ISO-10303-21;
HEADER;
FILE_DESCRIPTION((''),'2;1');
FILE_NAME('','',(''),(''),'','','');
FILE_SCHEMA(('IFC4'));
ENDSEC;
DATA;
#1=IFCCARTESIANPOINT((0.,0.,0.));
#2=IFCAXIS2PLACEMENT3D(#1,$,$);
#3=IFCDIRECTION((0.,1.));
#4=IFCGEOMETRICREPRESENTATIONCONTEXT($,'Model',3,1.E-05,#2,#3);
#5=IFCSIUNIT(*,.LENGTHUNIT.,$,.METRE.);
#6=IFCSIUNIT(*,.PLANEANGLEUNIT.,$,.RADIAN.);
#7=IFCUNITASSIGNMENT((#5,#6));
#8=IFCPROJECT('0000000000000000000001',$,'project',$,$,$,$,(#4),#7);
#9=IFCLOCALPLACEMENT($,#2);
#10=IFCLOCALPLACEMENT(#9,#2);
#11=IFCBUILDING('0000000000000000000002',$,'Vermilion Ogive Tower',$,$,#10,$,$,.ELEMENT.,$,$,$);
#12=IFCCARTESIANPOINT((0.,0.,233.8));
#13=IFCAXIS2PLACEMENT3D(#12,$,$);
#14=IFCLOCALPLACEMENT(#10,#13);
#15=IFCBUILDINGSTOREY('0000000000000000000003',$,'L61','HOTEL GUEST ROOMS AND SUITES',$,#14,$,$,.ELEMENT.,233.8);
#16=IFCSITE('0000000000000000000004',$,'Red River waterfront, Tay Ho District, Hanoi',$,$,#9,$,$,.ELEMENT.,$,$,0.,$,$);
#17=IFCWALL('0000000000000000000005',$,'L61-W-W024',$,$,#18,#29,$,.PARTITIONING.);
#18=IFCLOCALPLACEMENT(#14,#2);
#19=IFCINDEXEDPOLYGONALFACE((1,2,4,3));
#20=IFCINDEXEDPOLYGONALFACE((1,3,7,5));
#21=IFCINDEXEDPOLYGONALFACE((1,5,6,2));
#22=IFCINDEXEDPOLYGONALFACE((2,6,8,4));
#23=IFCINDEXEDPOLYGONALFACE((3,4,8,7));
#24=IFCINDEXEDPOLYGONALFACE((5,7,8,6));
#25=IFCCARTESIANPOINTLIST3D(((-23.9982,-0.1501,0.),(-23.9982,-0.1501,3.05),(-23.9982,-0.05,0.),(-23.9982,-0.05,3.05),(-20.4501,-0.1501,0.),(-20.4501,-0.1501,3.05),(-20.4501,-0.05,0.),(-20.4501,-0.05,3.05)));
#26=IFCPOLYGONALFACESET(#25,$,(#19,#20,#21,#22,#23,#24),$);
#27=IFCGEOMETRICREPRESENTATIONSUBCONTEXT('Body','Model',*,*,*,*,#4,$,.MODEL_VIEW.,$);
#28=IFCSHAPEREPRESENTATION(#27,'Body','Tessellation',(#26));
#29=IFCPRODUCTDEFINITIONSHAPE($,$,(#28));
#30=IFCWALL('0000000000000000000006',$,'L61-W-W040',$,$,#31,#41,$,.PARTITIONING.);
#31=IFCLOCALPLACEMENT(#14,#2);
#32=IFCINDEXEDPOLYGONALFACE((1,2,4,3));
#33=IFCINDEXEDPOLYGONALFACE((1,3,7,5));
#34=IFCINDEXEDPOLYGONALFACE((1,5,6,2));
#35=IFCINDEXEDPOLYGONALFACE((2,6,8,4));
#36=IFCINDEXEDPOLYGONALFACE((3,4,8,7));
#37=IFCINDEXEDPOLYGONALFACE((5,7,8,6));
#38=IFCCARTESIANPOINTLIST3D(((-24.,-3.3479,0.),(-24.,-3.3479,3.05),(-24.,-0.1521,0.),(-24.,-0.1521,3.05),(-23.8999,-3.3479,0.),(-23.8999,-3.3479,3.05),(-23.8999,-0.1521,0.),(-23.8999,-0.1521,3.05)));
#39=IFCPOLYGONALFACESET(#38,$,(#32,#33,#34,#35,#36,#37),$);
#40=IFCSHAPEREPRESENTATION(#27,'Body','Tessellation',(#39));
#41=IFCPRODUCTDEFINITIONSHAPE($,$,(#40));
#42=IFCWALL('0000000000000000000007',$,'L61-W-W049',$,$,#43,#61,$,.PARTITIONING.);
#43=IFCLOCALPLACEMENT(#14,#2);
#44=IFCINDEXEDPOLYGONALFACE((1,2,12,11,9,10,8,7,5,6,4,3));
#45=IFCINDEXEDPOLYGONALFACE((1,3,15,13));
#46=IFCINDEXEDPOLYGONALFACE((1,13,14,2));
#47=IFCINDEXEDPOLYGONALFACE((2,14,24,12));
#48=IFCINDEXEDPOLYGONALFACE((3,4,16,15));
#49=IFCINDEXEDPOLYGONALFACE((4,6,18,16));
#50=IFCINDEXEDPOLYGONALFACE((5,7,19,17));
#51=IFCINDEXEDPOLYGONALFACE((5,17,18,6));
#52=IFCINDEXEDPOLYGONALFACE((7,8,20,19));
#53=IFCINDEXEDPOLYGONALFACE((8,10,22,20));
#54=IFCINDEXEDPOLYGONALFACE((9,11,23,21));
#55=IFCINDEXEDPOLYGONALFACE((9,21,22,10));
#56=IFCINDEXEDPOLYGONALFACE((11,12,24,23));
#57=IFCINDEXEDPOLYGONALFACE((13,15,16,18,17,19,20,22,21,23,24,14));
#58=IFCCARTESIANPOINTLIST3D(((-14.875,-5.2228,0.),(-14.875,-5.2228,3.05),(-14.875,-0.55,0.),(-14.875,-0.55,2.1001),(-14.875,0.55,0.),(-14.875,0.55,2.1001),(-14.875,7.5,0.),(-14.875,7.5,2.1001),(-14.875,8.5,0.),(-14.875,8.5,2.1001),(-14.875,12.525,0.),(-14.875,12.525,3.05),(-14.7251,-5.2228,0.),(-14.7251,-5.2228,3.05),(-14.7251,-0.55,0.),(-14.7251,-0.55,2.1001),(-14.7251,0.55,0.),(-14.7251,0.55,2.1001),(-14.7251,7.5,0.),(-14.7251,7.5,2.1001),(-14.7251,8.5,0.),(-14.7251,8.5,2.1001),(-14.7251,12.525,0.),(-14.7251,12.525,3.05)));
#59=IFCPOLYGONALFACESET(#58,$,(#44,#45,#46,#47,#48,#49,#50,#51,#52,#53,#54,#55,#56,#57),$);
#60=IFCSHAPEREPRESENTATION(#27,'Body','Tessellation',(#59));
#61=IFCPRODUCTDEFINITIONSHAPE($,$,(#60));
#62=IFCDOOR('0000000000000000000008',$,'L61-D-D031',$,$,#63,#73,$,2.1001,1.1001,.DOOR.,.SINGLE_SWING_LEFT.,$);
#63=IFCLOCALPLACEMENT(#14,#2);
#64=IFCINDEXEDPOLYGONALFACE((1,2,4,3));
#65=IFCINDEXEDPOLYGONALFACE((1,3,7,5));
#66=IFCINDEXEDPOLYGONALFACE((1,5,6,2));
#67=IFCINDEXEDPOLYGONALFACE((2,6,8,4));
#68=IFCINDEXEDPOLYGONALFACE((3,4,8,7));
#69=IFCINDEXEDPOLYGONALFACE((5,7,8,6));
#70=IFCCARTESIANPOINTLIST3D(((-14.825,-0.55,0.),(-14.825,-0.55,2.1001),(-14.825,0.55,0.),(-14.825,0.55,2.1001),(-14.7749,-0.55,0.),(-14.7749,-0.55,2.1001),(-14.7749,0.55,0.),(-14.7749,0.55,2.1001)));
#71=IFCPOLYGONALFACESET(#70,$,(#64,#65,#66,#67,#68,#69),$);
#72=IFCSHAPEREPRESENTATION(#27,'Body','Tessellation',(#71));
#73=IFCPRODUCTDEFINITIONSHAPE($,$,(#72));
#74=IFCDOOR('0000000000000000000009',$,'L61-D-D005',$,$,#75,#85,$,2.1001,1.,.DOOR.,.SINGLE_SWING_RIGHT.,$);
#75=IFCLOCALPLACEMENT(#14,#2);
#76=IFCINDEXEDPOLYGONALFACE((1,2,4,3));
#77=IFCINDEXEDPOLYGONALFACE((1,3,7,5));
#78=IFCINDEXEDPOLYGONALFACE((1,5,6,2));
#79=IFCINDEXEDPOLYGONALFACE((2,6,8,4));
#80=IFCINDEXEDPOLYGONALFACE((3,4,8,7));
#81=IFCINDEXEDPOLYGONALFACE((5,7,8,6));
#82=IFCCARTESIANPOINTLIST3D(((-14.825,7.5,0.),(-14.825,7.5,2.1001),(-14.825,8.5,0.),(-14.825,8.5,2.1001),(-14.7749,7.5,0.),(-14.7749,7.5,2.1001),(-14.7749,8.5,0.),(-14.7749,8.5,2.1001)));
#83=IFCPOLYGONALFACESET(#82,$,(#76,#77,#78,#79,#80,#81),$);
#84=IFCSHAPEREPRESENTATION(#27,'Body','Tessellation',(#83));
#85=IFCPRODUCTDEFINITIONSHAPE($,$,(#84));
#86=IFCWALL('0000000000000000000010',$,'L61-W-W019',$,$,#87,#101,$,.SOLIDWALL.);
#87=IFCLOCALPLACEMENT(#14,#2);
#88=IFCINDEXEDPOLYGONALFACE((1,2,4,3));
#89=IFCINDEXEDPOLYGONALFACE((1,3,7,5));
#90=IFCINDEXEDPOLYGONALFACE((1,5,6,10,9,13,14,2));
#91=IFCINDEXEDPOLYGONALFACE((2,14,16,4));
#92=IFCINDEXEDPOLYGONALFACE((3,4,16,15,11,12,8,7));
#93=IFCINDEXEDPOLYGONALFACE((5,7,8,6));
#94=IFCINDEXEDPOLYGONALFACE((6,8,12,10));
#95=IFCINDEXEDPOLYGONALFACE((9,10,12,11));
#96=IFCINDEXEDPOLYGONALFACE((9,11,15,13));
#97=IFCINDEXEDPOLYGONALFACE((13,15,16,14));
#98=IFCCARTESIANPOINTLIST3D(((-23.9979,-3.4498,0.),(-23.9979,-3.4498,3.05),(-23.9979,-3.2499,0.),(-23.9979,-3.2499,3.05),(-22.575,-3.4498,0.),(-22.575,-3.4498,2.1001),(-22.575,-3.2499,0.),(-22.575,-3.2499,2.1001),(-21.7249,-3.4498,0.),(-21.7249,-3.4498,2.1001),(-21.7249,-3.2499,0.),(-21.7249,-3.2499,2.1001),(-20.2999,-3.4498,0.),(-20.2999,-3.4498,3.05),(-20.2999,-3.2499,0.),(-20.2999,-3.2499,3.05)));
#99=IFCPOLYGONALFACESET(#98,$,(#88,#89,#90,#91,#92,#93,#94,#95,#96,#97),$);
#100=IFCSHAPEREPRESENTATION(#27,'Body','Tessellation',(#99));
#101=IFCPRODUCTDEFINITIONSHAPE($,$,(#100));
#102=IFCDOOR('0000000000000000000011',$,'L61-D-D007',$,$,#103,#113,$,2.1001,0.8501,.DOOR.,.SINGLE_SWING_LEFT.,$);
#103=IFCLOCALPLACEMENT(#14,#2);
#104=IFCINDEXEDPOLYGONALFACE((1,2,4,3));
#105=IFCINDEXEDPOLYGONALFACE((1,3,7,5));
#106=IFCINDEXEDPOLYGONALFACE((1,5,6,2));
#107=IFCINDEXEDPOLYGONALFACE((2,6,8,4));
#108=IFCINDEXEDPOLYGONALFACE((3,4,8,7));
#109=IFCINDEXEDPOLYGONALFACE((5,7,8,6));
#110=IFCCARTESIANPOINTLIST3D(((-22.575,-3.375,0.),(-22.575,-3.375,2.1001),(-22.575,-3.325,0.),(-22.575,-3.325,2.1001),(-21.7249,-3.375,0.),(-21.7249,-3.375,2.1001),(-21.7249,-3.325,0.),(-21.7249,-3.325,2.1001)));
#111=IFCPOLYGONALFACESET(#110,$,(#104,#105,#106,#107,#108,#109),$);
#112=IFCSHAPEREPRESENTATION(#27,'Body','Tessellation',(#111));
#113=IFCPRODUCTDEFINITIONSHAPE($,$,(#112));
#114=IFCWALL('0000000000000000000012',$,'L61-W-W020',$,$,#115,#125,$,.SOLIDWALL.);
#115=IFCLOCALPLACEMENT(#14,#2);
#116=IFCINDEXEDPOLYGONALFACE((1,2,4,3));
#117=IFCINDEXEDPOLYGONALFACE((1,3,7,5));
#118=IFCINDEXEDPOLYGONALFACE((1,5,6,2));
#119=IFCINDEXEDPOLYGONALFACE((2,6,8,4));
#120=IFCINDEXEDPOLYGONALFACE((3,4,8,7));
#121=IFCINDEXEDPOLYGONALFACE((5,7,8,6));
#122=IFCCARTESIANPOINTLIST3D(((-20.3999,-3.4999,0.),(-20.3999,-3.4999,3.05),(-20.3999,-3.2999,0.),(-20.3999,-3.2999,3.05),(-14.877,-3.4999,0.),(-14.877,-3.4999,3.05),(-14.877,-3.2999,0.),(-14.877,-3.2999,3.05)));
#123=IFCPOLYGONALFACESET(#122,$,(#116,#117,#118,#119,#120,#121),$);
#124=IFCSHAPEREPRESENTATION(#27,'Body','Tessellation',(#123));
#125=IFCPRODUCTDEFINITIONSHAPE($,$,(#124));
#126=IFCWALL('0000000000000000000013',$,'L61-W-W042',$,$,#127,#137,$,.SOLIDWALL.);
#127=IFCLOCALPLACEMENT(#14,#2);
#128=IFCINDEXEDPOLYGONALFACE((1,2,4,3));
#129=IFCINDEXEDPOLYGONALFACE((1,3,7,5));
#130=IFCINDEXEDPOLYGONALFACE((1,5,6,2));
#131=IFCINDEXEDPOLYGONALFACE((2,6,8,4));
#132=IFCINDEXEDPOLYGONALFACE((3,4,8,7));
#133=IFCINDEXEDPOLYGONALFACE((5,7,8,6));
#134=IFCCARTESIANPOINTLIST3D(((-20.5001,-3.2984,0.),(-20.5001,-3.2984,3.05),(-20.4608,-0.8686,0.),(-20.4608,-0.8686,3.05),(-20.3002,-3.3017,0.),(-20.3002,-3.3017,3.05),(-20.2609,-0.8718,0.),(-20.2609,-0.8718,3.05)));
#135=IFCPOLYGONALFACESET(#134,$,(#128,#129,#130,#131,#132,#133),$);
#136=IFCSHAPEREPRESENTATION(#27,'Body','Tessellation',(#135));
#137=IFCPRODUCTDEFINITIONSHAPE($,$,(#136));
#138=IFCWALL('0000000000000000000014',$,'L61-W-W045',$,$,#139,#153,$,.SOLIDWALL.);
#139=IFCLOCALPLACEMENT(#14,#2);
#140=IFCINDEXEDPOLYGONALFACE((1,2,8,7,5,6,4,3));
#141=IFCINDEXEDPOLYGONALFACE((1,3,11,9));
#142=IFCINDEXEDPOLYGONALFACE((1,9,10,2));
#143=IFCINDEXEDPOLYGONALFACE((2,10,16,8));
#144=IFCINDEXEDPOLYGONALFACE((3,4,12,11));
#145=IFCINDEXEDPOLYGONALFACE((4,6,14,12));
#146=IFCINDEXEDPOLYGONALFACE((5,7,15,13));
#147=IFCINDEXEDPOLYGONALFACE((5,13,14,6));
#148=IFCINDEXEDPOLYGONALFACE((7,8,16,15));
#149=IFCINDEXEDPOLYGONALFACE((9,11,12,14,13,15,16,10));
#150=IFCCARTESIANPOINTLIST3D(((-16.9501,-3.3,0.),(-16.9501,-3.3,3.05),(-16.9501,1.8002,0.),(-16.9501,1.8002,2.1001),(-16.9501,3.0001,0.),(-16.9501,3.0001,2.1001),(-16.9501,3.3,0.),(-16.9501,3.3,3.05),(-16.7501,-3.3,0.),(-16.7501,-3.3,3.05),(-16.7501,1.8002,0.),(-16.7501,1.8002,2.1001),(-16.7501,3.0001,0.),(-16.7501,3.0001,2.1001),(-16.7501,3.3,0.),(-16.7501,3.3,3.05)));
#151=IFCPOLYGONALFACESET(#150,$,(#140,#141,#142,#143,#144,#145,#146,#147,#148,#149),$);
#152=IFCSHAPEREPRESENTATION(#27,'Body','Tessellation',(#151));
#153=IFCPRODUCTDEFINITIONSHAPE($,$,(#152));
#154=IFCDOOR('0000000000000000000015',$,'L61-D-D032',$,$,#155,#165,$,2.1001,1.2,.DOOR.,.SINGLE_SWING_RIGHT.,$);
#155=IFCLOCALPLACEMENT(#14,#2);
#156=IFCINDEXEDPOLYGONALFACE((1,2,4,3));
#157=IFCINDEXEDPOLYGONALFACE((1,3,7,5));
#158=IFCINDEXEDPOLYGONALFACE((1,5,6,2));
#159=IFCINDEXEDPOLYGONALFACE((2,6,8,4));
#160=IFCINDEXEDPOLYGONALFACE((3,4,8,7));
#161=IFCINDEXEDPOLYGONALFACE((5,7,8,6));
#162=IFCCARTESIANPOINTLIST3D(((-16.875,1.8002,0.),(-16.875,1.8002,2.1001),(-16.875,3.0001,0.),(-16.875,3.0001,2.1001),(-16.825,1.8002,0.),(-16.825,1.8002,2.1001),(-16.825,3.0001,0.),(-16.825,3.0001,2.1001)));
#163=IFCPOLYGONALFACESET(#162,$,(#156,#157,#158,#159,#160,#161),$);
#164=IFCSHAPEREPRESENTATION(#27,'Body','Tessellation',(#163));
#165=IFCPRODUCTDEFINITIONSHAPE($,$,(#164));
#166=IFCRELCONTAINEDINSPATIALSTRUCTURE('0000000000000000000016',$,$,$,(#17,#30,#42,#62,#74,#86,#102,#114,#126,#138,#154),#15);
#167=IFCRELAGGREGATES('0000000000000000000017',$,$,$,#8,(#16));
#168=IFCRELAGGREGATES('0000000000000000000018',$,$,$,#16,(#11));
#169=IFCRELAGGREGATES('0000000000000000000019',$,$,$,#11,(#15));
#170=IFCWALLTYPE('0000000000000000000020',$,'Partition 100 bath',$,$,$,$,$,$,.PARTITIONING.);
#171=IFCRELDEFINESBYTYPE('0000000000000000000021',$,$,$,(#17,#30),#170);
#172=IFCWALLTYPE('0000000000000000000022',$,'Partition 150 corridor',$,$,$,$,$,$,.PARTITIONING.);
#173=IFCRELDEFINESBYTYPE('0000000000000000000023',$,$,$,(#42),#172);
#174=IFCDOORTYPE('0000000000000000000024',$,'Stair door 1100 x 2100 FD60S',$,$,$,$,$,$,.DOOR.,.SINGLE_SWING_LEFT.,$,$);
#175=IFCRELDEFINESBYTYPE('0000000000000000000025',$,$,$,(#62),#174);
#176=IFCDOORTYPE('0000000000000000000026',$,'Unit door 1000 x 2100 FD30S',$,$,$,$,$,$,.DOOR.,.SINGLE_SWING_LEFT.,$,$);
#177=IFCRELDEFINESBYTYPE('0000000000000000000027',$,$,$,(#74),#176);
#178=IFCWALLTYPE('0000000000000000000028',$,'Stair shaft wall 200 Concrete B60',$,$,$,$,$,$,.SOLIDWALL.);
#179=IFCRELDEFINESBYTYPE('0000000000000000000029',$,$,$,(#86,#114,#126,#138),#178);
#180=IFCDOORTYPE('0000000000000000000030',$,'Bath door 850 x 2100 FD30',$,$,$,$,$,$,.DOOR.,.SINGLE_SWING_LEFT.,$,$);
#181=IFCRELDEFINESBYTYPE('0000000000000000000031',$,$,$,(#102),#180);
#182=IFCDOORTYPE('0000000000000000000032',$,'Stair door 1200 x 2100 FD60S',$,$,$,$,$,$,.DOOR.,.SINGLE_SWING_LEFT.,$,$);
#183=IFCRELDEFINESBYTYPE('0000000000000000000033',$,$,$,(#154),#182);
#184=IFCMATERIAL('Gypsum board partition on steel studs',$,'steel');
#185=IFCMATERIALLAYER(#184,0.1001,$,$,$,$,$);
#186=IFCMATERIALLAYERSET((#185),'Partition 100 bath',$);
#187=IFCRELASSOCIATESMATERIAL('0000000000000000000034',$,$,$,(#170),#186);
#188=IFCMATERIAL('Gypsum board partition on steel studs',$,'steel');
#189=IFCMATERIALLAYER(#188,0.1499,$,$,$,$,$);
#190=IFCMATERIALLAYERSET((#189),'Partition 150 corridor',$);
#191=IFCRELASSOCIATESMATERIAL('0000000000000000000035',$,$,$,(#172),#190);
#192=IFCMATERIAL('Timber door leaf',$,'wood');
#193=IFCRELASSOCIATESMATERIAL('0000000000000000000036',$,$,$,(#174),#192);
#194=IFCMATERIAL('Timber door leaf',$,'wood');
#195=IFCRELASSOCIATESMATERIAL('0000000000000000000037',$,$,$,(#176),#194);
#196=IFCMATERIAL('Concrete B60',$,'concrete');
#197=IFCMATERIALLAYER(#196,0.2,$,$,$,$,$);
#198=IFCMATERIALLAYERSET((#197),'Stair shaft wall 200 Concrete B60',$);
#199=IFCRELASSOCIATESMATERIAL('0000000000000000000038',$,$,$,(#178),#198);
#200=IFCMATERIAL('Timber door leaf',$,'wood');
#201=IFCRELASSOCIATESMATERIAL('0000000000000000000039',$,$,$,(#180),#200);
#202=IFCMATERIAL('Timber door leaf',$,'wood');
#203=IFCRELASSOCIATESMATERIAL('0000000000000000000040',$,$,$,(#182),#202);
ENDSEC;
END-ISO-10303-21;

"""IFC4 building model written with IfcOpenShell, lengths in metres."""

from ifc_helpers import new_model, si_unit, direction, frame, frame_2d, origin, place, context, subcontext, project, spatial, rectangle, extrude, material, layer, layer_set, type_object, element, fill, save


model = new_model("IFC4")

# Units and contexts
model_context = context("Model", 3, precision=1e-05, world=origin(), true_north=direction((0.0, 1.0)))
body_context = subcontext(model_context, "Body", "Model", "MODEL_VIEW")
ifc_project = project(units=[si_unit("LENGTHUNIT", "METRE"), si_unit("PLANEANGLEUNIT", "RADIAN")], contexts=[model_context])

# Site, building, storey
site_placement = place(None, origin())
site = spatial("IfcSite", under=ifc_project, at=site_placement, Name="Red River waterfront, Tay Ho District, Hanoi", CompositionType="ELEMENT", RefElevation=0.0)
building_placement = place(site_placement, origin())
building = spatial("IfcBuilding", under=site, at=building_placement, Name="Vermilion Ogive Tower", CompositionType="ELEMENT")
storey_placement = place(building_placement, frame((0.0, 0.0, 233.8)))
storey = spatial("IfcBuildingStorey", under=building, at=storey_placement, Name="L61", Description="HOTEL GUEST ROOMS AND SUITES", CompositionType="ELEMENT", Elevation=233.8)

# Walls
ifc_material_1 = material(Name="Gypsum board partition on steel studs", Category="steel")
ifc_layer_1 = layer(ifc_material_1, 0.1001)
ifc_layer_set_1 = layer_set([ifc_layer_1], Name="Partition 100 bath")
wall_type_1 = type_object("IfcWallType", Name="Partition 100 bath", PredefinedType="PARTITIONING", material=ifc_layer_set_1)
wall_1_placement = place(storey_placement, frame((-23.998, -0.1001, 0.0), z_axis=(0.0, 0.0, 1.0), x_axis=(1.0, 0.0, 0.0)))
element("IfcWall", 1, at=wall_1_placement, inside=storey, type_object=wall_type_1, Name="L61-W-W024", PredefinedType="PARTITIONING", context=body_context, shape_type="SweptSolid", body=[
    extrude(rectangle(XDim=3.5481, YDim=0.1001, at=frame_2d((1.7739, 0.0))), origin(), (0.0, 0.0, 1.0), 3.05),
])
wall_2_placement = place(storey_placement, frame((-23.95, -3.3479, 0.0), z_axis=(0.0, 0.0, 1.0), x_axis=(0.0, 1.0, 0.0)))
element("IfcWall", 2, at=wall_2_placement, inside=storey, type_object=wall_type_1, Name="L61-W-W040", PredefinedType="PARTITIONING", context=body_context, shape_type="SweptSolid", body=[
    extrude(rectangle(XDim=3.1958, YDim=0.1001, at=frame_2d((1.5979, 0.0))), origin(), (0.0, 0.0, 1.0), 3.05),
])

# Wall, openings, doors
ifc_material_2 = material(Name="Gypsum board partition on steel studs", Category="steel")
ifc_layer_2 = layer(ifc_material_2, 0.1499)
ifc_layer_set_2 = layer_set([ifc_layer_2], Name="Partition 150 corridor")
wall_type_2 = type_object("IfcWallType", Name="Partition 150 corridor", PredefinedType="PARTITIONING", material=ifc_layer_set_2)
wall_3_placement = place(storey_placement, frame((-14.8, -5.2229, 0.0), z_axis=(0.0, 0.0, 1.0), x_axis=(0.0, 1.0, 0.0)))
wall_3 = element("IfcWall", 3, at=wall_3_placement, inside=storey, type_object=wall_type_2, Name="L61-W-W049", PredefinedType="PARTITIONING", context=body_context, shape_type="SweptSolid", body=[
    extrude(rectangle(XDim=17.7478, YDim=0.1499, at=frame_2d((8.874, 0.0))), origin(), (0.0, 0.0, 1.0), 3.05),
])
opening_1_placement = place(wall_3_placement, frame((12.7229, 0.0, 0.0)))
opening_1 = element("IfcOpeningElement", 4, at=opening_1_placement, cuts=wall_3, PredefinedType="OPENING", context=body_context, shape_type="SweptSolid", body=[
    extrude(rectangle(XDim=1.0, YDim=2.1001, at=frame_2d((0.5, 1.05))), frame((0.0, 0.085, 0.0), z_axis=(0.0, -1.0, 0.0), x_axis=(1.0, 0.0, 0.0)), (0.0, 0.0, 1.0), 0.1699),
])
opening_2_placement = place(wall_3_placement, frame((4.6729, 0.0, 0.0)))
opening_2 = element("IfcOpeningElement", 5, at=opening_2_placement, cuts=wall_3, PredefinedType="OPENING", context=body_context, shape_type="SweptSolid", body=[
    extrude(rectangle(XDim=1.1001, YDim=2.1001, at=frame_2d((0.55, 1.05))), frame((0.0, 0.085, 0.0), z_axis=(0.0, -1.0, 0.0), x_axis=(1.0, 0.0, 0.0)), (0.0, 0.0, 1.0), 0.1699),
])
ifc_material_3 = material(Name="Timber door leaf", Category="wood")
door_type_1 = type_object("IfcDoorType", Name="Stair door 1100 x 2100 FD60S", OperationType="SINGLE_SWING_LEFT", PredefinedType="DOOR", material=ifc_material_3)
door_1_placement = place(opening_2_placement, origin())
door_1 = element("IfcDoor", 6, at=door_1_placement, inside=storey, type_object=door_type_1, Name="L61-D-D031", OperationType="SINGLE_SWING_LEFT", OverallHeight=2.1001, OverallWidth=1.1001, PredefinedType="DOOR", context=body_context, shape_type="SweptSolid", body=[
    extrude(rectangle(XDim=1.1001, YDim=2.1001, at=frame_2d((0.55, 1.05))), frame((0.0, 0.0249, 0.0), z_axis=(0.0, -1.0, 0.0), x_axis=(1.0, 0.0, 0.0)), (0.0, 0.0, 1.0), 0.05),
])
fill(opening_2, door_1)
ifc_material_4 = material(Name="Timber door leaf", Category="wood")
door_type_2 = type_object("IfcDoorType", Name="Unit door 1000 x 2100 FD30S", OperationType="SINGLE_SWING_LEFT", PredefinedType="DOOR", material=ifc_material_4)
door_2_placement = place(opening_1_placement, origin())
door_2 = element("IfcDoor", 7, at=door_2_placement, inside=storey, type_object=door_type_2, Name="L61-D-D005", OperationType="SINGLE_SWING_RIGHT", OverallHeight=2.1001, OverallWidth=1.0, PredefinedType="DOOR", context=body_context, shape_type="SweptSolid", body=[
    extrude(rectangle(XDim=1.0, YDim=2.1001, at=frame_2d((0.5, 1.05))), frame((0.0, 0.0249, 0.0), z_axis=(0.0, -1.0, 0.0), x_axis=(1.0, 0.0, 0.0)), (0.0, 0.0, 1.0), 0.05),
])
fill(opening_1, door_2)

# Wall, opening, door
ifc_material_5 = material(Name="Concrete B60", Category="concrete")
ifc_layer_3 = layer(ifc_material_5, 0.2)
ifc_layer_set_3 = layer_set([ifc_layer_3], Name="Stair shaft wall 200 Concrete B60")
wall_type_3 = type_object("IfcWallType", Name="Stair shaft wall 200 Concrete B60", PredefinedType="SOLIDWALL", material=ifc_layer_set_3)
wall_4_placement = place(storey_placement, frame((-23.998, -3.3499, 0.0), z_axis=(0.0, 0.0, 1.0), x_axis=(1.0, 0.0, 0.0)))
wall_4 = element("IfcWall", 8, at=wall_4_placement, inside=storey, type_object=wall_type_3, Name="L61-W-W019", PredefinedType="SOLIDWALL", context=body_context, shape_type="SweptSolid", body=[
    extrude(rectangle(XDim=3.698, YDim=0.2, at=frame_2d((1.8491, 0.0))), origin(), (0.0, 0.0, 1.0), 3.05),
])
opening_3_placement = place(wall_4_placement, frame((1.4231, 0.0, 0.0)))
opening_3 = element("IfcOpeningElement", 9, at=opening_3_placement, cuts=wall_4, PredefinedType="OPENING", context=body_context, shape_type="SweptSolid", body=[
    extrude(rectangle(XDim=0.8501, YDim=2.1001, at=frame_2d((0.425, 1.05))), frame((0.0, 0.1099, 0.0), z_axis=(0.0, -1.0, 0.0), x_axis=(1.0, 0.0, 0.0)), (0.0, 0.0, 1.0), 0.22),
])
ifc_material_6 = material(Name="Timber door leaf", Category="wood")
door_type_3 = type_object("IfcDoorType", Name="Bath door 850 x 2100 FD30", OperationType="SINGLE_SWING_LEFT", PredefinedType="DOOR", material=ifc_material_6)
door_3_placement = place(opening_3_placement, origin())
door_3 = element("IfcDoor", 10, at=door_3_placement, inside=storey, type_object=door_type_3, Name="L61-D-D007", OperationType="SINGLE_SWING_LEFT", OverallHeight=2.1001, OverallWidth=0.8501, PredefinedType="DOOR", context=body_context, shape_type="SweptSolid", body=[
    extrude(rectangle(XDim=0.8501, YDim=2.1001, at=frame_2d((0.425, 1.05))), frame((0.0, 0.0249, 0.0), z_axis=(0.0, -1.0, 0.0), x_axis=(1.0, 0.0, 0.0)), (0.0, 0.0, 1.0), 0.05),
])
fill(opening_3, door_3)

# Walls
wall_5_placement = place(storey_placement, frame((-20.3999, -3.3999, 0.0), z_axis=(0.0, 0.0, 1.0), x_axis=(1.0, 0.0, 0.0)))
element("IfcWall", 11, at=wall_5_placement, inside=storey, type_object=wall_type_3, Name="L61-W-W020", PredefinedType="SOLIDWALL", context=body_context, shape_type="SweptSolid", body=[
    extrude(rectangle(XDim=5.5229, YDim=0.2, at=frame_2d((2.7615, 0.0))), origin(), (0.0, 0.0, 1.0), 3.05),
])
wall_6_placement = place(storey_placement, frame((-20.4001, -3.3, 0.0), z_axis=(0.0, 0.0, 1.0), x_axis=(0.016174, 0.999869, 0.0)))
element("IfcWall", 12, at=wall_6_placement, inside=storey, type_object=wall_type_3, Name="L61-W-W042", PredefinedType="SOLIDWALL", context=body_context, shape_type="SweptSolid", body=[
    extrude(rectangle(XDim=2.4302, YDim=0.2, at=frame_2d((1.2151, 0.0))), origin(), (0.0, 0.0, 1.0), 3.05),
])

# Wall, opening, door
wall_7_placement = place(storey_placement, frame((-16.8501, -3.3, 0.0), z_axis=(0.0, 0.0, 1.0), x_axis=(0.0, 1.0, 0.0)))
wall_7 = element("IfcWall", 13, at=wall_7_placement, inside=storey, type_object=wall_type_3, Name="L61-W-W045", PredefinedType="SOLIDWALL", context=body_context, shape_type="SweptSolid", body=[
    extrude(rectangle(XDim=6.6001, YDim=0.2, at=frame_2d((3.3, 0.0))), origin(), (0.0, 0.0, 1.0), 3.05),
])
opening_4_placement = place(wall_7_placement, frame((5.1001, 0.0, 0.0)))
opening_4 = element("IfcOpeningElement", 14, at=opening_4_placement, cuts=wall_7, PredefinedType="OPENING", context=body_context, shape_type="SweptSolid", body=[
    extrude(rectangle(XDim=1.2, YDim=2.1001, at=frame_2d((0.6001, 1.05))), frame((0.0, 0.1099, 0.0), z_axis=(0.0, -1.0, 0.0), x_axis=(1.0, 0.0, 0.0)), (0.0, 0.0, 1.0), 0.22),
])
ifc_material_7 = material(Name="Timber door leaf", Category="wood")
door_type_4 = type_object("IfcDoorType", Name="Stair door 1200 x 2100 FD60S", OperationType="SINGLE_SWING_LEFT", PredefinedType="DOOR", material=ifc_material_7)
door_4_placement = place(opening_4_placement, origin())
door_4 = element("IfcDoor", 15, at=door_4_placement, inside=storey, type_object=door_type_4, Name="L61-D-D032", OperationType="SINGLE_SWING_RIGHT", OverallHeight=2.1001, OverallWidth=1.2, PredefinedType="DOOR", context=body_context, shape_type="SweptSolid", body=[
    extrude(rectangle(XDim=1.2, YDim=2.1001, at=frame_2d((0.6001, 1.05))), frame((0.0, 0.0249, 0.0), z_axis=(0.0, -1.0, 0.0), x_axis=(1.0, 0.0, 0.0)), (0.0, 0.0, 1.0), 0.05),
])
fill(opening_4, door_4)

save(model, "model.ifc")
